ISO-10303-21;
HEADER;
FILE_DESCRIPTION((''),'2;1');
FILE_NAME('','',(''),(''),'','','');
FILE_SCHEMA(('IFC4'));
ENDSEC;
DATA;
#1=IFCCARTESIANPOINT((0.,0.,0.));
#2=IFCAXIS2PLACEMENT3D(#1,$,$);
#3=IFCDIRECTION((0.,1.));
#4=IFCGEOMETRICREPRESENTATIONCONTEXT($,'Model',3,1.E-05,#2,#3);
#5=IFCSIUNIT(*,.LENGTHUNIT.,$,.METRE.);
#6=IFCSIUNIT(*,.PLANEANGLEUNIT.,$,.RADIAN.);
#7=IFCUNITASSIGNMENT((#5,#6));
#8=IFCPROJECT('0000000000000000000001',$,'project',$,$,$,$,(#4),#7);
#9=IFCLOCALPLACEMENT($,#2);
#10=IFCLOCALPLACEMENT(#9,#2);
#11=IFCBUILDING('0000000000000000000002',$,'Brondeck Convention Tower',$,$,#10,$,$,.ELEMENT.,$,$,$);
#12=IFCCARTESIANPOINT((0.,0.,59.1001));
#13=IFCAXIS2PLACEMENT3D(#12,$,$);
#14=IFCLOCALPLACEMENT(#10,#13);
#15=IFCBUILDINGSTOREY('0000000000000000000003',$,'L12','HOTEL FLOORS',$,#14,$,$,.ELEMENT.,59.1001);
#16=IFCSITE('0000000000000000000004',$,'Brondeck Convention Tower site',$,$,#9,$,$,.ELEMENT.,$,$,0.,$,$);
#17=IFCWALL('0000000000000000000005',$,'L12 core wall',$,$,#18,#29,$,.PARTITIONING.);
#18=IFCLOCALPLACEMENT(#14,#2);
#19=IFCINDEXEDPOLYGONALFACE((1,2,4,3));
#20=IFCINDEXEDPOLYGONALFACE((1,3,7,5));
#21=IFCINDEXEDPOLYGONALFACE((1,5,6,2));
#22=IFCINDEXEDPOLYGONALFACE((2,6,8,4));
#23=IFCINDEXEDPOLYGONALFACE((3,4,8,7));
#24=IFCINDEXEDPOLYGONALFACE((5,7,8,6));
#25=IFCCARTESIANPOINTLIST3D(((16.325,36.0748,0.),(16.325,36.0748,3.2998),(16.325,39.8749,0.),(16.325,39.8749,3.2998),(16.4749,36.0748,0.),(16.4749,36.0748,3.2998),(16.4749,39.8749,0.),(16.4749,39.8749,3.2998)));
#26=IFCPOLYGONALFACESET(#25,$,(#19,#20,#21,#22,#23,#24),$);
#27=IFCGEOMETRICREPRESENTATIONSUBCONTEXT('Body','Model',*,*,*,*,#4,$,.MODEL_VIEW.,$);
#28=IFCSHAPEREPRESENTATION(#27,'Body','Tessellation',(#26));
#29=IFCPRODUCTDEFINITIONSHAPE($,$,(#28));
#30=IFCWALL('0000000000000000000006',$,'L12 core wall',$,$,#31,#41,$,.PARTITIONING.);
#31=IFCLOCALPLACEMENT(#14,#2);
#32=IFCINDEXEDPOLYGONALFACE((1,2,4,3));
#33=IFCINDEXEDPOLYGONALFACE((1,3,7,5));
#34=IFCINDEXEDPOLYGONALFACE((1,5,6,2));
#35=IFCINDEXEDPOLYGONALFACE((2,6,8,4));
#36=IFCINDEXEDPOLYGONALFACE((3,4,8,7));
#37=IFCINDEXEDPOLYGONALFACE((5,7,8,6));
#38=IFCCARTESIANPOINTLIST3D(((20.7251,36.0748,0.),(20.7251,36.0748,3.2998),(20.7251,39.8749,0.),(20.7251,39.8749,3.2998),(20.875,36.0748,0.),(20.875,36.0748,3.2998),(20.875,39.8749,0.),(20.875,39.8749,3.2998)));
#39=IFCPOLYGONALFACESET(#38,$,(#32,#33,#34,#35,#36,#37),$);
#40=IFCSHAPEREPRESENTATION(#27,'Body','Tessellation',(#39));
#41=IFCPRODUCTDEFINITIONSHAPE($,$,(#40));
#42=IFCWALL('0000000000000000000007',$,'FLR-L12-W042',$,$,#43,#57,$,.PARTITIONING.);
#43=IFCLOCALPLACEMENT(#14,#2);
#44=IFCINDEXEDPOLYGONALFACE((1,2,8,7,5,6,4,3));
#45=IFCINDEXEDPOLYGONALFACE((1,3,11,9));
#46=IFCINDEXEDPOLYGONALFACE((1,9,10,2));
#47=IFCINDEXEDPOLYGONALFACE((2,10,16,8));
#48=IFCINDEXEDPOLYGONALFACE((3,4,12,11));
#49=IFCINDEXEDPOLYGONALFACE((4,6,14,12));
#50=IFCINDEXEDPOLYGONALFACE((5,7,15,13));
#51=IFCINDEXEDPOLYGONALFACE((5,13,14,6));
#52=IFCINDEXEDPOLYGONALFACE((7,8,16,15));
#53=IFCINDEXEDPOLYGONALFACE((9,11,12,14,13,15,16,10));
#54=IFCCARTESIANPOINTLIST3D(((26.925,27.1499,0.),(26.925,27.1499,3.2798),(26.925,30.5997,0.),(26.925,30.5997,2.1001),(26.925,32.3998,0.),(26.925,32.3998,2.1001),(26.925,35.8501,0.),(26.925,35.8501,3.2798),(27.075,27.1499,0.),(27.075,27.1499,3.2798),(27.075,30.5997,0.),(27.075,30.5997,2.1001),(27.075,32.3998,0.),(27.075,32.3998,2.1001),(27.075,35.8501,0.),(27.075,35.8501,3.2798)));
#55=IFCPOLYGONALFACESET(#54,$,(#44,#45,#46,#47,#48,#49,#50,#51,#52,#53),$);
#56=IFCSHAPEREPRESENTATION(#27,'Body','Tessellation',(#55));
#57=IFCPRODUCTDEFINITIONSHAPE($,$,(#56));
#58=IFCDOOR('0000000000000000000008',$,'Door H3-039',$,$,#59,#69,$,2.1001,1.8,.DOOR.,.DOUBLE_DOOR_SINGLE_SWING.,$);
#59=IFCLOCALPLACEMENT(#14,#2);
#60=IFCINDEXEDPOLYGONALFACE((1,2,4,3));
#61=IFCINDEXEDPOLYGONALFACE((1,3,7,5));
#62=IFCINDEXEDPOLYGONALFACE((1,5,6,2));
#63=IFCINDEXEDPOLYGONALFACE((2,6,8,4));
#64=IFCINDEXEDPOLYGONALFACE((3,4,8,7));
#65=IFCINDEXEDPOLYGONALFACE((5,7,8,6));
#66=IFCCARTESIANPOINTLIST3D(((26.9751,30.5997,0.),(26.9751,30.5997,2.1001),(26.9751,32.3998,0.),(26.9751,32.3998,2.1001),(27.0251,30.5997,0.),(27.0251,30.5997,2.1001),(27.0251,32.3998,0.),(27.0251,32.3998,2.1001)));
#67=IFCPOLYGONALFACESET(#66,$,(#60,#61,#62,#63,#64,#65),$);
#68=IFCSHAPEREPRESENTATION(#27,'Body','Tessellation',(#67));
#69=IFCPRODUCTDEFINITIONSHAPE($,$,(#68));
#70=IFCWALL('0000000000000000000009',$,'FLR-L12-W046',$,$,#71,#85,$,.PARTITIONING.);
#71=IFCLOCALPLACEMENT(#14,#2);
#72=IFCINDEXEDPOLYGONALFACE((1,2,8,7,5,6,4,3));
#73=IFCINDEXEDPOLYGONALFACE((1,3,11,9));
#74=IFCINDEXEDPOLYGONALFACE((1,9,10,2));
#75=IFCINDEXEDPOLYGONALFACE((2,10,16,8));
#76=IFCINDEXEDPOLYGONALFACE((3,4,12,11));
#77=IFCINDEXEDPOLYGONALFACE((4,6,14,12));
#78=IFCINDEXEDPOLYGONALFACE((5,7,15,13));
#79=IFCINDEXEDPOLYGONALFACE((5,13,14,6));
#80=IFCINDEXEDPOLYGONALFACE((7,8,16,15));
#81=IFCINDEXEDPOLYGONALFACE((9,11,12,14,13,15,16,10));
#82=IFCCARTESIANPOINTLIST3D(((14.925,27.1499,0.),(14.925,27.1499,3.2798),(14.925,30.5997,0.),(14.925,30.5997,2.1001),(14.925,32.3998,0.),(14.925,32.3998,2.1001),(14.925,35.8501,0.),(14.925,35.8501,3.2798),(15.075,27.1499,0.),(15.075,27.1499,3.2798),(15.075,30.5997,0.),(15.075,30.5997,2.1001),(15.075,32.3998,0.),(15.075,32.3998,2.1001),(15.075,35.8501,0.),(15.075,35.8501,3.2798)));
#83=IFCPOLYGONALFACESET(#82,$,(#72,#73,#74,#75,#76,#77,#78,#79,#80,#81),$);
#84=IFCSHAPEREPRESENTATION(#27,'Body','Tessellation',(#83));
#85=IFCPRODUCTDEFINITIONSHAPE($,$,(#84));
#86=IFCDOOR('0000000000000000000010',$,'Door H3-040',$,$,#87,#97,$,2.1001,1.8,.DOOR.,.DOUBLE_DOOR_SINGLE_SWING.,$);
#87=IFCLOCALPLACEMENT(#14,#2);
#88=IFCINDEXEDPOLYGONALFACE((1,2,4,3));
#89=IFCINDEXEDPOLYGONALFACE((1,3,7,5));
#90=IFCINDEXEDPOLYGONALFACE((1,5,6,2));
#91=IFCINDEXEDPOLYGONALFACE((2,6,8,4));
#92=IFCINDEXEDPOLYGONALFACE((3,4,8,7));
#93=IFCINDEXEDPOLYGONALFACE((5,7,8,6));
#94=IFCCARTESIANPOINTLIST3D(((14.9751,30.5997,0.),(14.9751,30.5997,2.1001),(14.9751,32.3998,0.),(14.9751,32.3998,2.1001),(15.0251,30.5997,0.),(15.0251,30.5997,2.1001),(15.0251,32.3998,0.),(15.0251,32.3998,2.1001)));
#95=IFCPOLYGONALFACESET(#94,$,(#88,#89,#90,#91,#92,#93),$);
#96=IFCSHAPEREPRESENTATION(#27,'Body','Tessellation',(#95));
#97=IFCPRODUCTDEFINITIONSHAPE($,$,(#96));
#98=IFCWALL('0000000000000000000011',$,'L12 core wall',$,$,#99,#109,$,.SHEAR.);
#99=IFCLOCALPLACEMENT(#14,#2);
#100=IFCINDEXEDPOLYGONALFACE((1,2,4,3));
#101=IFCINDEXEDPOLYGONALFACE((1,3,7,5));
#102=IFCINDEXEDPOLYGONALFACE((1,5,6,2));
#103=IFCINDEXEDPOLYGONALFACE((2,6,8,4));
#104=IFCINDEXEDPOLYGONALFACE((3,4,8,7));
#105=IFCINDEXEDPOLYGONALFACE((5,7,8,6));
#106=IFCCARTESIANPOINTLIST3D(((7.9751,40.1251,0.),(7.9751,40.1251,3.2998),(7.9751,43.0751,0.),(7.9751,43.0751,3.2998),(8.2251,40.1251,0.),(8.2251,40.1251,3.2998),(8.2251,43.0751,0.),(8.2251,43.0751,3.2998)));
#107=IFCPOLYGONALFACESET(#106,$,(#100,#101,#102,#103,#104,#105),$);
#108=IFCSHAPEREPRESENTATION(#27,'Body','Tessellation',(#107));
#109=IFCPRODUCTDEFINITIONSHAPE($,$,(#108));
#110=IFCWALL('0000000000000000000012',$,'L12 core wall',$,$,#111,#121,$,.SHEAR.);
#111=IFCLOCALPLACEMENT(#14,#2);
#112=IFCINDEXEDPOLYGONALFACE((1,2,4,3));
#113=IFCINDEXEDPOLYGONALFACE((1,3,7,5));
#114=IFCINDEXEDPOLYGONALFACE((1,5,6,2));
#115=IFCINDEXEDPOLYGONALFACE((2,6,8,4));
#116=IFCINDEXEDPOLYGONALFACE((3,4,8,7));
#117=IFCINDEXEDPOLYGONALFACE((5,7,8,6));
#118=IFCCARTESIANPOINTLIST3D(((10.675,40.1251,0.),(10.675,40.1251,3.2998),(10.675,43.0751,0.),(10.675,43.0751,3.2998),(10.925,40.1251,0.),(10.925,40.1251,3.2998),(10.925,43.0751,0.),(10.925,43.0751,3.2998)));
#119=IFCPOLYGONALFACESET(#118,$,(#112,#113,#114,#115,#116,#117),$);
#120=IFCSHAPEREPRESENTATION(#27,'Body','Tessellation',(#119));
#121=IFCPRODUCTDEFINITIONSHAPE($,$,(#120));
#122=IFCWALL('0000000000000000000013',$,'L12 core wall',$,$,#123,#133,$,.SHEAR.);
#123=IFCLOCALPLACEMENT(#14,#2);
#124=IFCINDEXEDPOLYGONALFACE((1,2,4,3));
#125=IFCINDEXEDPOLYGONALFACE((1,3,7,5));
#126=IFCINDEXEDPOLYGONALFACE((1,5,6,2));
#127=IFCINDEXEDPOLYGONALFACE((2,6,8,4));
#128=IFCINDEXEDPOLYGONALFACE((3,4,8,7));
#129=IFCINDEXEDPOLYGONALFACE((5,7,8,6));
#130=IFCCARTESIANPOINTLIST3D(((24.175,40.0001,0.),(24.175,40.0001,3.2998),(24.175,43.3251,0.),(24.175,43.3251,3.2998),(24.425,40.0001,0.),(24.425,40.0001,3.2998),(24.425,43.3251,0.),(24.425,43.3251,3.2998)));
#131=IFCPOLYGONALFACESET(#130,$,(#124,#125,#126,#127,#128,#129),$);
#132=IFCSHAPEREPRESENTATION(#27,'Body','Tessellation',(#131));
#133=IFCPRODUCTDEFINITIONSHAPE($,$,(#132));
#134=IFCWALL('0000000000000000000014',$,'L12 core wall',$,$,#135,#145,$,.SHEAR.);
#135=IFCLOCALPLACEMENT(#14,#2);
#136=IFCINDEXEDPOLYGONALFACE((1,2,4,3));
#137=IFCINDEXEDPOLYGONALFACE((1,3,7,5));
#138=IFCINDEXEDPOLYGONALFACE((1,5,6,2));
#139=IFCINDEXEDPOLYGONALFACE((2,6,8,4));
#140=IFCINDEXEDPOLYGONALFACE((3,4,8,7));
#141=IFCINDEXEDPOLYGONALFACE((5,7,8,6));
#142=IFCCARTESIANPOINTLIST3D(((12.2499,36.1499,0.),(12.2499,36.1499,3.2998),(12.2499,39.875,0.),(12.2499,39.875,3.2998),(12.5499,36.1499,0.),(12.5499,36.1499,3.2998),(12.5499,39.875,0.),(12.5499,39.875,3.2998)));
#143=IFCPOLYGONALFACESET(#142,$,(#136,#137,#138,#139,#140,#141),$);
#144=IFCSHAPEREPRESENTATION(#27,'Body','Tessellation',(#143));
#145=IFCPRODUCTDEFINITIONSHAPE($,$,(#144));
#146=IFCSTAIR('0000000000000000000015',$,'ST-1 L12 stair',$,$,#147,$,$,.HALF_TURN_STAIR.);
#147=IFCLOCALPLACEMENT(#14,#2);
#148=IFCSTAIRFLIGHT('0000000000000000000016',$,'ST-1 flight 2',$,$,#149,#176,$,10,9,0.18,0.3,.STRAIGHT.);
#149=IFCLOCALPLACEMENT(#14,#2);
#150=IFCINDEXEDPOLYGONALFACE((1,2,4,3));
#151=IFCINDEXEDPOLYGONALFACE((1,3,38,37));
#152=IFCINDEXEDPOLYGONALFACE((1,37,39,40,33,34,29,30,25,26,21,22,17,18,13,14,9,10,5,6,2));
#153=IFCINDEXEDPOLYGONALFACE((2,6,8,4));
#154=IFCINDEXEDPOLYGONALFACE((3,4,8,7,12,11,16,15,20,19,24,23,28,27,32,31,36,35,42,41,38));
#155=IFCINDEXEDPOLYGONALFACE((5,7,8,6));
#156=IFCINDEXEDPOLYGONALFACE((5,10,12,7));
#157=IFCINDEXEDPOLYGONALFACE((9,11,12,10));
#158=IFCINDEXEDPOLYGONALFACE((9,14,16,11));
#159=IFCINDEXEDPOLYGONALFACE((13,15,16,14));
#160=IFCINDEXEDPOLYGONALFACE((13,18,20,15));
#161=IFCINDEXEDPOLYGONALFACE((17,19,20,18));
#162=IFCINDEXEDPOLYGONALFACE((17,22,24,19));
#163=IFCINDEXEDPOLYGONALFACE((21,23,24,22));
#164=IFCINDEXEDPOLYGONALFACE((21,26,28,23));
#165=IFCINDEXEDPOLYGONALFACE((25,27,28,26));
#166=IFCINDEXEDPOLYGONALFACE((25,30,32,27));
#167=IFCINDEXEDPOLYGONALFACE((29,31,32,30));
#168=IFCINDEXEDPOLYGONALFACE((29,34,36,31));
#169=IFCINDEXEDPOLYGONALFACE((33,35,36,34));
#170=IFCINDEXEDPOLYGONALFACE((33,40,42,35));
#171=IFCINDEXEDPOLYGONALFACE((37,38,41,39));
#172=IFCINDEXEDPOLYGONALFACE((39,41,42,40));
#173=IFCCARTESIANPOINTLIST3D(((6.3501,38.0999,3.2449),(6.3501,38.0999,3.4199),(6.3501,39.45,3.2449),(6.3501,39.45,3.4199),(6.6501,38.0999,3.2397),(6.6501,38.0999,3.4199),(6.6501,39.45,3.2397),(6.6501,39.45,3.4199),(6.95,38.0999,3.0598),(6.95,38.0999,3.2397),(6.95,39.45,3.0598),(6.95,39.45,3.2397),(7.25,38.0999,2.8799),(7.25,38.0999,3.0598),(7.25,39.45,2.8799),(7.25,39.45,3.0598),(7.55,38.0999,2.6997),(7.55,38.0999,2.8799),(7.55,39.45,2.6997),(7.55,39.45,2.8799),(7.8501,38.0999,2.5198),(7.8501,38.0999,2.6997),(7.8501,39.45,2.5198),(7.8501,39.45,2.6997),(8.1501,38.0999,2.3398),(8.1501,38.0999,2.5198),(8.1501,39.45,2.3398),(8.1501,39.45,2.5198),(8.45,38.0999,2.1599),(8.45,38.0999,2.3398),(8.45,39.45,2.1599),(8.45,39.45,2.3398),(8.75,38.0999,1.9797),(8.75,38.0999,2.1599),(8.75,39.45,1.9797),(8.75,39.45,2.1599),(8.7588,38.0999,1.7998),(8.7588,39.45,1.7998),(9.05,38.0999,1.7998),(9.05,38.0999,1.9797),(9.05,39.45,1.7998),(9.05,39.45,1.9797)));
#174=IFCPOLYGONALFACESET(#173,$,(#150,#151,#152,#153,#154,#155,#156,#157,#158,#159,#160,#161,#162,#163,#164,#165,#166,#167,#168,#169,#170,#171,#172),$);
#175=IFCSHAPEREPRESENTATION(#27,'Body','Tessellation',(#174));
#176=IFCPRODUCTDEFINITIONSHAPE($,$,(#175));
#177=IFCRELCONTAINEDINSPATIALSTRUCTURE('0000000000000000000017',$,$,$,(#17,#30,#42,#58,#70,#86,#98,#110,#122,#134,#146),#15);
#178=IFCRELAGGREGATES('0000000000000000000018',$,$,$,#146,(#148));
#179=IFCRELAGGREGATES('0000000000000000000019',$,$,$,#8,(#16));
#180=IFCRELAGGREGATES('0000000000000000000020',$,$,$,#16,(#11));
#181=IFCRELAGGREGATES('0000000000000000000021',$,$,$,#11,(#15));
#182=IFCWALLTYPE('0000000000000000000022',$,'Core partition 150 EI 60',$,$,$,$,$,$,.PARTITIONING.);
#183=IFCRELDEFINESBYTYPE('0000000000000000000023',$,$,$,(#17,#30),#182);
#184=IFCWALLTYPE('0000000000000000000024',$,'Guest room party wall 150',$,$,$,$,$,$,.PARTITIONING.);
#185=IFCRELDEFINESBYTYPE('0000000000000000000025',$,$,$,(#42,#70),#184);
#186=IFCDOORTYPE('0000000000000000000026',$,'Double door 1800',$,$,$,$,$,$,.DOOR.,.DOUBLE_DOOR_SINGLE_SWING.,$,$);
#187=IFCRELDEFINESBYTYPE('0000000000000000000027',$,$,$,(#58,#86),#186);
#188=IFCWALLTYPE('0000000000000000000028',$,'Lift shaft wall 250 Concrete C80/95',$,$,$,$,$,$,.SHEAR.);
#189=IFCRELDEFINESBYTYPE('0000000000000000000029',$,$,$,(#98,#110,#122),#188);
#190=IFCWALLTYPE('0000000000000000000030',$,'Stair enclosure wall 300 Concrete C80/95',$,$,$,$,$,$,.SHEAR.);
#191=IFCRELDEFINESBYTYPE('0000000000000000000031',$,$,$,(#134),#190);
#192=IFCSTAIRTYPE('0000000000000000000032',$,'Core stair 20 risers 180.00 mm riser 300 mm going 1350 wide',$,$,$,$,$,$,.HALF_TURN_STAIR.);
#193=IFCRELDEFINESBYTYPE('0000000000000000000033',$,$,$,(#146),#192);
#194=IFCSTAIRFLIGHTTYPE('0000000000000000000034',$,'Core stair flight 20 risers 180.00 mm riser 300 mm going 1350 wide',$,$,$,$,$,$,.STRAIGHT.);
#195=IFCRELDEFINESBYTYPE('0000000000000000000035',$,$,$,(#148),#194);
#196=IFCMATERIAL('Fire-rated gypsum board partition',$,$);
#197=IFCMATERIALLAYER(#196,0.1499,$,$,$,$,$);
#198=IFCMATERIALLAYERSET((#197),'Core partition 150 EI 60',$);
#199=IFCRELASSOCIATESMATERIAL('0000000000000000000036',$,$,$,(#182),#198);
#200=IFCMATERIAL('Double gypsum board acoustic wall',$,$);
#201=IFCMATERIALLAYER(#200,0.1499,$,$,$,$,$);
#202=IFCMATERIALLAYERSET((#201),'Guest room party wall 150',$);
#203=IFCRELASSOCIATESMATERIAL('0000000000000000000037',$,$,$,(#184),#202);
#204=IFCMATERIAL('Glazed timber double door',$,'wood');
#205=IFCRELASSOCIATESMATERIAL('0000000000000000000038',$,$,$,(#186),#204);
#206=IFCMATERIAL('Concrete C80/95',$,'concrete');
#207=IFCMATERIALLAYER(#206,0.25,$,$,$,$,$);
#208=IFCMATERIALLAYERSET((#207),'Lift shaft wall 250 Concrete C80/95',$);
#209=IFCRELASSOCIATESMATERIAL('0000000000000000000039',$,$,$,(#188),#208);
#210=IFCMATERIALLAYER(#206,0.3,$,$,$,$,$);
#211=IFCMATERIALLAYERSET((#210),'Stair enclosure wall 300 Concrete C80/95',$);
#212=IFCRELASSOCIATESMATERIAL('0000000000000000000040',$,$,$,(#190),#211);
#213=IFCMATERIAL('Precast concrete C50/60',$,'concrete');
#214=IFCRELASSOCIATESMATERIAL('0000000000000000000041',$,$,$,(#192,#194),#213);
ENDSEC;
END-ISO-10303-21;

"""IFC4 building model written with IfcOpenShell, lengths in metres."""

from ifc_helpers import new_model, si_unit, direction, frame, frame_2d, origin, place, context, subcontext, project, spatial, polyline, rectangle, outline, extrude, material, layer, layer_set, type_object, element, fill, aggregate, save


model = new_model("IFC4")

# Units and contexts
model_context = context("Model", 3, precision=1e-05, world=origin(), true_north=direction((0.0, 1.0)))
body_context = subcontext(model_context, "Body", "Model", "MODEL_VIEW")
ifc_project = project(units=[si_unit("LENGTHUNIT", "METRE"), si_unit("PLANEANGLEUNIT", "RADIAN")], contexts=[model_context])

# Site, building, storey
site_placement = place(None, origin())
site = spatial("IfcSite", under=ifc_project, at=site_placement, Name="Brondeck Convention Tower site", CompositionType="ELEMENT", RefElevation=0.0)
building_placement = place(site_placement, origin())
building = spatial("IfcBuilding", under=site, at=building_placement, Name="Brondeck Convention Tower", CompositionType="ELEMENT")
storey_placement = place(building_placement, frame((0.0, 0.0, 59.1001)))
storey = spatial("IfcBuildingStorey", under=building, at=storey_placement, Name="L12", Description="HOTEL FLOORS", CompositionType="ELEMENT", Elevation=59.1001)

# Shared definitions
ifc_material_1 = material(Name="Concrete C80/95", Category="concrete")

# Walls
ifc_material_2 = material(Name="Fire-rated gypsum board partition")
ifc_layer_1 = layer(ifc_material_2, 0.1499)
ifc_layer_set_1 = layer_set([ifc_layer_1], Name="Core partition 150 EI 60")
wall_type_1 = type_object("IfcWallType", Name="Core partition 150 EI 60", PredefinedType="PARTITIONING", material=ifc_layer_set_1)
for number, where, z_axis, x_axis, name in (
    (1, (16.3999, 36.075, 0.0), (0.0, 0.0, 1.0), (0.0, 1.0, 0.0), "L12 core wall"),
    (2, (20.8, 36.075, 0.0), (0.0, 0.0, 1.0), (0.0, 1.0, 0.0), "L12 core wall"),
):
    element("IfcWall", number, at=place(storey_placement, frame(where, z_axis=z_axis, x_axis=x_axis)), inside=storey, type_object=wall_type_1, Name=name, PredefinedType="PARTITIONING", context=body_context, shape_type="SweptSolid", body=[
        extrude(rectangle(XDim=3.8, YDim=0.1499, at=frame_2d((1.8999, 0.0))), origin(), (0.0, 0.0, 1.0), 3.2998),
    ])

# Walls, openings, doors
ifc_material_3 = material(Name="Double gypsum board acoustic wall")
ifc_layer_2 = layer(ifc_material_3, 0.1499)
ifc_layer_set_2 = layer_set([ifc_layer_2], Name="Guest room party wall 150")
wall_type_2 = type_object("IfcWallType", Name="Guest room party wall 150", PredefinedType="PARTITIONING", material=ifc_layer_set_2)
wall_1_placement = place(storey_placement, frame((27.0, 27.1499, 0.0), z_axis=(0.0, 0.0, 1.0), x_axis=(0.0, 1.0, 0.0)))
wall_1 = element("IfcWall", 3, at=wall_1_placement, inside=storey, type_object=wall_type_2, Name="FLR-L12-W042", PredefinedType="PARTITIONING", context=body_context, shape_type="SweptSolid", body=[
    extrude(rectangle(XDim=8.7002, YDim=0.1499, at=frame_2d((4.3501, 0.0))), origin(), (0.0, 0.0, 1.0), 3.2798),
])
opening_1_placement = place(wall_1_placement, frame((3.45, 0.0, 0.0)))
opening_1 = element("IfcOpeningElement", 4, at=opening_1_placement, cuts=wall_1, PredefinedType="OPENING", context=body_context, shape_type="SweptSolid", body=[
    extrude(rectangle(XDim=1.8, YDim=2.1001, at=frame_2d((0.8999, 1.05))), frame((0.0, 0.085, 0.0), z_axis=(0.0, -1.0, 0.0), x_axis=(1.0, 0.0, 0.0)), (0.0, 0.0, 1.0), 0.1699),
])
ifc_material_4 = material(Name="Glazed timber double door", Category="wood")
door_type_1 = type_object("IfcDoorType", Name="Double door 1800", OperationType="DOUBLE_DOOR_SINGLE_SWING", PredefinedType="DOOR", material=ifc_material_4)
door_1_placement = place(opening_1_placement, origin())
door_1 = element("IfcDoor", 5, at=door_1_placement, inside=storey, type_object=door_type_1, Name="Door H3-039", OperationType="DOUBLE_DOOR_SINGLE_SWING", OverallHeight=2.1001, OverallWidth=1.8, PredefinedType="DOOR", context=body_context, shape_type="SweptSolid", body=[
    extrude(rectangle(XDim=1.8, YDim=2.1001, at=frame_2d((0.8999, 1.05))), frame((0.0, 0.0249, 0.0), z_axis=(0.0, -1.0, 0.0), x_axis=(1.0, 0.0, 0.0)), (0.0, 0.0, 1.0), 0.05),
])
fill(opening_1, door_1)
wall_2_placement = place(storey_placement, frame((15.0, 27.1499, 0.0), z_axis=(0.0, 0.0, 1.0), x_axis=(0.0, 1.0, 0.0)))
wall_2 = element("IfcWall", 6, at=wall_2_placement, inside=storey, type_object=wall_type_2, Name="FLR-L12-W046", PredefinedType="PARTITIONING", context=body_context, shape_type="SweptSolid", body=[
    extrude(rectangle(XDim=8.7002, YDim=0.1499, at=frame_2d((4.3501, 0.0))), origin(), (0.0, 0.0, 1.0), 3.2798),
])
opening_2_placement = place(wall_2_placement, frame((3.45, 0.0, 0.0)))
opening_2 = element("IfcOpeningElement", 7, at=opening_2_placement, cuts=wall_2, PredefinedType="OPENING", context=body_context, shape_type="SweptSolid", body=[
    extrude(rectangle(XDim=1.8, YDim=2.1001, at=frame_2d((0.8999, 1.05))), frame((0.0, 0.085, 0.0), z_axis=(0.0, -1.0, 0.0), x_axis=(1.0, 0.0, 0.0)), (0.0, 0.0, 1.0), 0.1699),
])
door_2_placement = place(opening_2_placement, origin())
door_2 = element("IfcDoor", 8, at=door_2_placement, inside=storey, type_object=door_type_1, Name="Door H3-040", OperationType="DOUBLE_DOOR_SINGLE_SWING", OverallHeight=2.1001, OverallWidth=1.8, PredefinedType="DOOR", context=body_context, shape_type="SweptSolid", body=[
    extrude(rectangle(XDim=1.8, YDim=2.1001, at=frame_2d((0.8999, 1.05))), frame((0.0, 0.0249, 0.0), z_axis=(0.0, -1.0, 0.0), x_axis=(1.0, 0.0, 0.0)), (0.0, 0.0, 1.0), 0.05),
])
fill(opening_2, door_2)

# Walls
ifc_layer_3 = layer(ifc_material_1, 0.25)
ifc_layer_set_3 = layer_set([ifc_layer_3], Name="Lift shaft wall 250 Concrete C80/95")
wall_type_3 = type_object("IfcWallType", Name="Lift shaft wall 250 Concrete C80/95", PredefinedType="SHEAR", material=ifc_layer_set_3)
for number, where, z_axis, x_axis, name in (
    (9, (8.1001, 40.125, 0.0), (0.0, 0.0, 1.0), (0.0, 1.0, 0.0), "L12 core wall"),
    (10, (10.8, 40.125, 0.0), (0.0, 0.0, 1.0), (0.0, 1.0, 0.0), "L12 core wall"),
):
    element("IfcWall", number, at=place(storey_placement, frame(where, z_axis=z_axis, x_axis=x_axis)), inside=storey, type_object=wall_type_3, Name=name, PredefinedType="SHEAR", context=body_context, shape_type="SweptSolid", body=[
        extrude(rectangle(XDim=2.95, YDim=0.25, at=frame_2d((1.4751, 0.0))), origin(), (0.0, 0.0, 1.0), 3.2998),
    ])
wall_3_placement = place(storey_placement, frame((24.3, 40.0, 0.0), z_axis=(0.0, 0.0, 1.0), x_axis=(0.0, 1.0, 0.0)))
element("IfcWall", 11, at=wall_3_placement, inside=storey, type_object=wall_type_3, Name="L12 core wall", PredefinedType="SHEAR", context=body_context, shape_type="SweptSolid", body=[
    extrude(rectangle(XDim=3.325, YDim=0.25, at=frame_2d((1.6626, 0.0))), origin(), (0.0, 0.0, 1.0), 3.2998),
])
ifc_layer_4 = layer(ifc_material_1, 0.3)
ifc_layer_set_4 = layer_set([ifc_layer_4], Name="Stair enclosure wall 300 Concrete C80/95")
wall_type_4 = type_object("IfcWallType", Name="Stair enclosure wall 300 Concrete C80/95", PredefinedType="SHEAR", material=ifc_layer_set_4)
wall_4_placement = place(storey_placement, frame((12.3999, 36.1499, 0.0), z_axis=(0.0, 0.0, 1.0), x_axis=(0.0, 1.0, 0.0)))
element("IfcWall", 12, at=wall_4_placement, inside=storey, type_object=wall_type_4, Name="L12 core wall", PredefinedType="SHEAR", context=body_context, shape_type="SweptSolid", body=[
    extrude(rectangle(XDim=3.7251, YDim=0.3, at=frame_2d((1.8625, 0.0))), origin(), (0.0, 0.0, 1.0), 3.2998),
])

# Stair, stair flight
ifc_material_5 = material(Name="Precast concrete C50/60", Category="concrete")
stair_type = type_object("IfcStairType", Name="Core stair 20 risers 180.00 mm riser 300 mm going 1350 wide", PredefinedType="HALF_TURN_STAIR", material=ifc_material_5)
stair_placement = place(storey_placement, origin())
stair = element("IfcStair", 13, at=stair_placement, inside=storey, type_object=stair_type, Name="ST-1 L12 stair", PredefinedType="HALF_TURN_STAIR")
stair_flight_type = type_object("IfcStairFlightType", Name="Core stair flight 20 risers 180.00 mm riser 300 mm going 1350 wide", PredefinedType="STRAIGHT", material=ifc_material_5)
stair_flight_placement = place(storey_placement, frame((9.05, 38.7749, 1.7998), z_axis=(0.0, 0.0, 1.0), x_axis=(-1.0, 0.0, 0.0)))
stair_flight = element("IfcStairFlight", 14, at=stair_flight_placement, type_object=stair_flight_type, Name="ST-1 flight 2", NumberOfRisers=10, NumberOfTreads=9, PredefinedType="STRAIGHT", RiserHeight=0.18, TreadLength=0.3, context=body_context, shape_type="SweptSolid", body=[
    extrude(outline(polyline([(0.0, 0.0), (0.0, 0.1799), (0.3, 0.1799), (0.3, 0.3601), (0.6001, 0.3601), (0.6001, 0.54), (0.8999, 0.54), (0.8999, 0.72), (1.2, 0.72), (1.2, 0.8999), (1.5, 0.8999), (1.5, 1.0801), (1.8, 1.0801), (1.8, 1.26), (2.1001, 1.26), (2.1001, 1.4399), (2.3999, 1.4399), (2.3999, 1.6201), (2.7, 1.6201), (2.7, 1.8), (2.7, 1.4451), (0.2913, 0.0), (0.0, 0.0)])), frame((0.0, 0.675, 0.0), z_axis=(0.0, -1.0, 0.0), x_axis=(1.0, 0.0, 0.0)), (0.0, 0.0, 1.0), 1.3501),
])
aggregate(stair, [stair_flight])

save(model, "model.ifc")
